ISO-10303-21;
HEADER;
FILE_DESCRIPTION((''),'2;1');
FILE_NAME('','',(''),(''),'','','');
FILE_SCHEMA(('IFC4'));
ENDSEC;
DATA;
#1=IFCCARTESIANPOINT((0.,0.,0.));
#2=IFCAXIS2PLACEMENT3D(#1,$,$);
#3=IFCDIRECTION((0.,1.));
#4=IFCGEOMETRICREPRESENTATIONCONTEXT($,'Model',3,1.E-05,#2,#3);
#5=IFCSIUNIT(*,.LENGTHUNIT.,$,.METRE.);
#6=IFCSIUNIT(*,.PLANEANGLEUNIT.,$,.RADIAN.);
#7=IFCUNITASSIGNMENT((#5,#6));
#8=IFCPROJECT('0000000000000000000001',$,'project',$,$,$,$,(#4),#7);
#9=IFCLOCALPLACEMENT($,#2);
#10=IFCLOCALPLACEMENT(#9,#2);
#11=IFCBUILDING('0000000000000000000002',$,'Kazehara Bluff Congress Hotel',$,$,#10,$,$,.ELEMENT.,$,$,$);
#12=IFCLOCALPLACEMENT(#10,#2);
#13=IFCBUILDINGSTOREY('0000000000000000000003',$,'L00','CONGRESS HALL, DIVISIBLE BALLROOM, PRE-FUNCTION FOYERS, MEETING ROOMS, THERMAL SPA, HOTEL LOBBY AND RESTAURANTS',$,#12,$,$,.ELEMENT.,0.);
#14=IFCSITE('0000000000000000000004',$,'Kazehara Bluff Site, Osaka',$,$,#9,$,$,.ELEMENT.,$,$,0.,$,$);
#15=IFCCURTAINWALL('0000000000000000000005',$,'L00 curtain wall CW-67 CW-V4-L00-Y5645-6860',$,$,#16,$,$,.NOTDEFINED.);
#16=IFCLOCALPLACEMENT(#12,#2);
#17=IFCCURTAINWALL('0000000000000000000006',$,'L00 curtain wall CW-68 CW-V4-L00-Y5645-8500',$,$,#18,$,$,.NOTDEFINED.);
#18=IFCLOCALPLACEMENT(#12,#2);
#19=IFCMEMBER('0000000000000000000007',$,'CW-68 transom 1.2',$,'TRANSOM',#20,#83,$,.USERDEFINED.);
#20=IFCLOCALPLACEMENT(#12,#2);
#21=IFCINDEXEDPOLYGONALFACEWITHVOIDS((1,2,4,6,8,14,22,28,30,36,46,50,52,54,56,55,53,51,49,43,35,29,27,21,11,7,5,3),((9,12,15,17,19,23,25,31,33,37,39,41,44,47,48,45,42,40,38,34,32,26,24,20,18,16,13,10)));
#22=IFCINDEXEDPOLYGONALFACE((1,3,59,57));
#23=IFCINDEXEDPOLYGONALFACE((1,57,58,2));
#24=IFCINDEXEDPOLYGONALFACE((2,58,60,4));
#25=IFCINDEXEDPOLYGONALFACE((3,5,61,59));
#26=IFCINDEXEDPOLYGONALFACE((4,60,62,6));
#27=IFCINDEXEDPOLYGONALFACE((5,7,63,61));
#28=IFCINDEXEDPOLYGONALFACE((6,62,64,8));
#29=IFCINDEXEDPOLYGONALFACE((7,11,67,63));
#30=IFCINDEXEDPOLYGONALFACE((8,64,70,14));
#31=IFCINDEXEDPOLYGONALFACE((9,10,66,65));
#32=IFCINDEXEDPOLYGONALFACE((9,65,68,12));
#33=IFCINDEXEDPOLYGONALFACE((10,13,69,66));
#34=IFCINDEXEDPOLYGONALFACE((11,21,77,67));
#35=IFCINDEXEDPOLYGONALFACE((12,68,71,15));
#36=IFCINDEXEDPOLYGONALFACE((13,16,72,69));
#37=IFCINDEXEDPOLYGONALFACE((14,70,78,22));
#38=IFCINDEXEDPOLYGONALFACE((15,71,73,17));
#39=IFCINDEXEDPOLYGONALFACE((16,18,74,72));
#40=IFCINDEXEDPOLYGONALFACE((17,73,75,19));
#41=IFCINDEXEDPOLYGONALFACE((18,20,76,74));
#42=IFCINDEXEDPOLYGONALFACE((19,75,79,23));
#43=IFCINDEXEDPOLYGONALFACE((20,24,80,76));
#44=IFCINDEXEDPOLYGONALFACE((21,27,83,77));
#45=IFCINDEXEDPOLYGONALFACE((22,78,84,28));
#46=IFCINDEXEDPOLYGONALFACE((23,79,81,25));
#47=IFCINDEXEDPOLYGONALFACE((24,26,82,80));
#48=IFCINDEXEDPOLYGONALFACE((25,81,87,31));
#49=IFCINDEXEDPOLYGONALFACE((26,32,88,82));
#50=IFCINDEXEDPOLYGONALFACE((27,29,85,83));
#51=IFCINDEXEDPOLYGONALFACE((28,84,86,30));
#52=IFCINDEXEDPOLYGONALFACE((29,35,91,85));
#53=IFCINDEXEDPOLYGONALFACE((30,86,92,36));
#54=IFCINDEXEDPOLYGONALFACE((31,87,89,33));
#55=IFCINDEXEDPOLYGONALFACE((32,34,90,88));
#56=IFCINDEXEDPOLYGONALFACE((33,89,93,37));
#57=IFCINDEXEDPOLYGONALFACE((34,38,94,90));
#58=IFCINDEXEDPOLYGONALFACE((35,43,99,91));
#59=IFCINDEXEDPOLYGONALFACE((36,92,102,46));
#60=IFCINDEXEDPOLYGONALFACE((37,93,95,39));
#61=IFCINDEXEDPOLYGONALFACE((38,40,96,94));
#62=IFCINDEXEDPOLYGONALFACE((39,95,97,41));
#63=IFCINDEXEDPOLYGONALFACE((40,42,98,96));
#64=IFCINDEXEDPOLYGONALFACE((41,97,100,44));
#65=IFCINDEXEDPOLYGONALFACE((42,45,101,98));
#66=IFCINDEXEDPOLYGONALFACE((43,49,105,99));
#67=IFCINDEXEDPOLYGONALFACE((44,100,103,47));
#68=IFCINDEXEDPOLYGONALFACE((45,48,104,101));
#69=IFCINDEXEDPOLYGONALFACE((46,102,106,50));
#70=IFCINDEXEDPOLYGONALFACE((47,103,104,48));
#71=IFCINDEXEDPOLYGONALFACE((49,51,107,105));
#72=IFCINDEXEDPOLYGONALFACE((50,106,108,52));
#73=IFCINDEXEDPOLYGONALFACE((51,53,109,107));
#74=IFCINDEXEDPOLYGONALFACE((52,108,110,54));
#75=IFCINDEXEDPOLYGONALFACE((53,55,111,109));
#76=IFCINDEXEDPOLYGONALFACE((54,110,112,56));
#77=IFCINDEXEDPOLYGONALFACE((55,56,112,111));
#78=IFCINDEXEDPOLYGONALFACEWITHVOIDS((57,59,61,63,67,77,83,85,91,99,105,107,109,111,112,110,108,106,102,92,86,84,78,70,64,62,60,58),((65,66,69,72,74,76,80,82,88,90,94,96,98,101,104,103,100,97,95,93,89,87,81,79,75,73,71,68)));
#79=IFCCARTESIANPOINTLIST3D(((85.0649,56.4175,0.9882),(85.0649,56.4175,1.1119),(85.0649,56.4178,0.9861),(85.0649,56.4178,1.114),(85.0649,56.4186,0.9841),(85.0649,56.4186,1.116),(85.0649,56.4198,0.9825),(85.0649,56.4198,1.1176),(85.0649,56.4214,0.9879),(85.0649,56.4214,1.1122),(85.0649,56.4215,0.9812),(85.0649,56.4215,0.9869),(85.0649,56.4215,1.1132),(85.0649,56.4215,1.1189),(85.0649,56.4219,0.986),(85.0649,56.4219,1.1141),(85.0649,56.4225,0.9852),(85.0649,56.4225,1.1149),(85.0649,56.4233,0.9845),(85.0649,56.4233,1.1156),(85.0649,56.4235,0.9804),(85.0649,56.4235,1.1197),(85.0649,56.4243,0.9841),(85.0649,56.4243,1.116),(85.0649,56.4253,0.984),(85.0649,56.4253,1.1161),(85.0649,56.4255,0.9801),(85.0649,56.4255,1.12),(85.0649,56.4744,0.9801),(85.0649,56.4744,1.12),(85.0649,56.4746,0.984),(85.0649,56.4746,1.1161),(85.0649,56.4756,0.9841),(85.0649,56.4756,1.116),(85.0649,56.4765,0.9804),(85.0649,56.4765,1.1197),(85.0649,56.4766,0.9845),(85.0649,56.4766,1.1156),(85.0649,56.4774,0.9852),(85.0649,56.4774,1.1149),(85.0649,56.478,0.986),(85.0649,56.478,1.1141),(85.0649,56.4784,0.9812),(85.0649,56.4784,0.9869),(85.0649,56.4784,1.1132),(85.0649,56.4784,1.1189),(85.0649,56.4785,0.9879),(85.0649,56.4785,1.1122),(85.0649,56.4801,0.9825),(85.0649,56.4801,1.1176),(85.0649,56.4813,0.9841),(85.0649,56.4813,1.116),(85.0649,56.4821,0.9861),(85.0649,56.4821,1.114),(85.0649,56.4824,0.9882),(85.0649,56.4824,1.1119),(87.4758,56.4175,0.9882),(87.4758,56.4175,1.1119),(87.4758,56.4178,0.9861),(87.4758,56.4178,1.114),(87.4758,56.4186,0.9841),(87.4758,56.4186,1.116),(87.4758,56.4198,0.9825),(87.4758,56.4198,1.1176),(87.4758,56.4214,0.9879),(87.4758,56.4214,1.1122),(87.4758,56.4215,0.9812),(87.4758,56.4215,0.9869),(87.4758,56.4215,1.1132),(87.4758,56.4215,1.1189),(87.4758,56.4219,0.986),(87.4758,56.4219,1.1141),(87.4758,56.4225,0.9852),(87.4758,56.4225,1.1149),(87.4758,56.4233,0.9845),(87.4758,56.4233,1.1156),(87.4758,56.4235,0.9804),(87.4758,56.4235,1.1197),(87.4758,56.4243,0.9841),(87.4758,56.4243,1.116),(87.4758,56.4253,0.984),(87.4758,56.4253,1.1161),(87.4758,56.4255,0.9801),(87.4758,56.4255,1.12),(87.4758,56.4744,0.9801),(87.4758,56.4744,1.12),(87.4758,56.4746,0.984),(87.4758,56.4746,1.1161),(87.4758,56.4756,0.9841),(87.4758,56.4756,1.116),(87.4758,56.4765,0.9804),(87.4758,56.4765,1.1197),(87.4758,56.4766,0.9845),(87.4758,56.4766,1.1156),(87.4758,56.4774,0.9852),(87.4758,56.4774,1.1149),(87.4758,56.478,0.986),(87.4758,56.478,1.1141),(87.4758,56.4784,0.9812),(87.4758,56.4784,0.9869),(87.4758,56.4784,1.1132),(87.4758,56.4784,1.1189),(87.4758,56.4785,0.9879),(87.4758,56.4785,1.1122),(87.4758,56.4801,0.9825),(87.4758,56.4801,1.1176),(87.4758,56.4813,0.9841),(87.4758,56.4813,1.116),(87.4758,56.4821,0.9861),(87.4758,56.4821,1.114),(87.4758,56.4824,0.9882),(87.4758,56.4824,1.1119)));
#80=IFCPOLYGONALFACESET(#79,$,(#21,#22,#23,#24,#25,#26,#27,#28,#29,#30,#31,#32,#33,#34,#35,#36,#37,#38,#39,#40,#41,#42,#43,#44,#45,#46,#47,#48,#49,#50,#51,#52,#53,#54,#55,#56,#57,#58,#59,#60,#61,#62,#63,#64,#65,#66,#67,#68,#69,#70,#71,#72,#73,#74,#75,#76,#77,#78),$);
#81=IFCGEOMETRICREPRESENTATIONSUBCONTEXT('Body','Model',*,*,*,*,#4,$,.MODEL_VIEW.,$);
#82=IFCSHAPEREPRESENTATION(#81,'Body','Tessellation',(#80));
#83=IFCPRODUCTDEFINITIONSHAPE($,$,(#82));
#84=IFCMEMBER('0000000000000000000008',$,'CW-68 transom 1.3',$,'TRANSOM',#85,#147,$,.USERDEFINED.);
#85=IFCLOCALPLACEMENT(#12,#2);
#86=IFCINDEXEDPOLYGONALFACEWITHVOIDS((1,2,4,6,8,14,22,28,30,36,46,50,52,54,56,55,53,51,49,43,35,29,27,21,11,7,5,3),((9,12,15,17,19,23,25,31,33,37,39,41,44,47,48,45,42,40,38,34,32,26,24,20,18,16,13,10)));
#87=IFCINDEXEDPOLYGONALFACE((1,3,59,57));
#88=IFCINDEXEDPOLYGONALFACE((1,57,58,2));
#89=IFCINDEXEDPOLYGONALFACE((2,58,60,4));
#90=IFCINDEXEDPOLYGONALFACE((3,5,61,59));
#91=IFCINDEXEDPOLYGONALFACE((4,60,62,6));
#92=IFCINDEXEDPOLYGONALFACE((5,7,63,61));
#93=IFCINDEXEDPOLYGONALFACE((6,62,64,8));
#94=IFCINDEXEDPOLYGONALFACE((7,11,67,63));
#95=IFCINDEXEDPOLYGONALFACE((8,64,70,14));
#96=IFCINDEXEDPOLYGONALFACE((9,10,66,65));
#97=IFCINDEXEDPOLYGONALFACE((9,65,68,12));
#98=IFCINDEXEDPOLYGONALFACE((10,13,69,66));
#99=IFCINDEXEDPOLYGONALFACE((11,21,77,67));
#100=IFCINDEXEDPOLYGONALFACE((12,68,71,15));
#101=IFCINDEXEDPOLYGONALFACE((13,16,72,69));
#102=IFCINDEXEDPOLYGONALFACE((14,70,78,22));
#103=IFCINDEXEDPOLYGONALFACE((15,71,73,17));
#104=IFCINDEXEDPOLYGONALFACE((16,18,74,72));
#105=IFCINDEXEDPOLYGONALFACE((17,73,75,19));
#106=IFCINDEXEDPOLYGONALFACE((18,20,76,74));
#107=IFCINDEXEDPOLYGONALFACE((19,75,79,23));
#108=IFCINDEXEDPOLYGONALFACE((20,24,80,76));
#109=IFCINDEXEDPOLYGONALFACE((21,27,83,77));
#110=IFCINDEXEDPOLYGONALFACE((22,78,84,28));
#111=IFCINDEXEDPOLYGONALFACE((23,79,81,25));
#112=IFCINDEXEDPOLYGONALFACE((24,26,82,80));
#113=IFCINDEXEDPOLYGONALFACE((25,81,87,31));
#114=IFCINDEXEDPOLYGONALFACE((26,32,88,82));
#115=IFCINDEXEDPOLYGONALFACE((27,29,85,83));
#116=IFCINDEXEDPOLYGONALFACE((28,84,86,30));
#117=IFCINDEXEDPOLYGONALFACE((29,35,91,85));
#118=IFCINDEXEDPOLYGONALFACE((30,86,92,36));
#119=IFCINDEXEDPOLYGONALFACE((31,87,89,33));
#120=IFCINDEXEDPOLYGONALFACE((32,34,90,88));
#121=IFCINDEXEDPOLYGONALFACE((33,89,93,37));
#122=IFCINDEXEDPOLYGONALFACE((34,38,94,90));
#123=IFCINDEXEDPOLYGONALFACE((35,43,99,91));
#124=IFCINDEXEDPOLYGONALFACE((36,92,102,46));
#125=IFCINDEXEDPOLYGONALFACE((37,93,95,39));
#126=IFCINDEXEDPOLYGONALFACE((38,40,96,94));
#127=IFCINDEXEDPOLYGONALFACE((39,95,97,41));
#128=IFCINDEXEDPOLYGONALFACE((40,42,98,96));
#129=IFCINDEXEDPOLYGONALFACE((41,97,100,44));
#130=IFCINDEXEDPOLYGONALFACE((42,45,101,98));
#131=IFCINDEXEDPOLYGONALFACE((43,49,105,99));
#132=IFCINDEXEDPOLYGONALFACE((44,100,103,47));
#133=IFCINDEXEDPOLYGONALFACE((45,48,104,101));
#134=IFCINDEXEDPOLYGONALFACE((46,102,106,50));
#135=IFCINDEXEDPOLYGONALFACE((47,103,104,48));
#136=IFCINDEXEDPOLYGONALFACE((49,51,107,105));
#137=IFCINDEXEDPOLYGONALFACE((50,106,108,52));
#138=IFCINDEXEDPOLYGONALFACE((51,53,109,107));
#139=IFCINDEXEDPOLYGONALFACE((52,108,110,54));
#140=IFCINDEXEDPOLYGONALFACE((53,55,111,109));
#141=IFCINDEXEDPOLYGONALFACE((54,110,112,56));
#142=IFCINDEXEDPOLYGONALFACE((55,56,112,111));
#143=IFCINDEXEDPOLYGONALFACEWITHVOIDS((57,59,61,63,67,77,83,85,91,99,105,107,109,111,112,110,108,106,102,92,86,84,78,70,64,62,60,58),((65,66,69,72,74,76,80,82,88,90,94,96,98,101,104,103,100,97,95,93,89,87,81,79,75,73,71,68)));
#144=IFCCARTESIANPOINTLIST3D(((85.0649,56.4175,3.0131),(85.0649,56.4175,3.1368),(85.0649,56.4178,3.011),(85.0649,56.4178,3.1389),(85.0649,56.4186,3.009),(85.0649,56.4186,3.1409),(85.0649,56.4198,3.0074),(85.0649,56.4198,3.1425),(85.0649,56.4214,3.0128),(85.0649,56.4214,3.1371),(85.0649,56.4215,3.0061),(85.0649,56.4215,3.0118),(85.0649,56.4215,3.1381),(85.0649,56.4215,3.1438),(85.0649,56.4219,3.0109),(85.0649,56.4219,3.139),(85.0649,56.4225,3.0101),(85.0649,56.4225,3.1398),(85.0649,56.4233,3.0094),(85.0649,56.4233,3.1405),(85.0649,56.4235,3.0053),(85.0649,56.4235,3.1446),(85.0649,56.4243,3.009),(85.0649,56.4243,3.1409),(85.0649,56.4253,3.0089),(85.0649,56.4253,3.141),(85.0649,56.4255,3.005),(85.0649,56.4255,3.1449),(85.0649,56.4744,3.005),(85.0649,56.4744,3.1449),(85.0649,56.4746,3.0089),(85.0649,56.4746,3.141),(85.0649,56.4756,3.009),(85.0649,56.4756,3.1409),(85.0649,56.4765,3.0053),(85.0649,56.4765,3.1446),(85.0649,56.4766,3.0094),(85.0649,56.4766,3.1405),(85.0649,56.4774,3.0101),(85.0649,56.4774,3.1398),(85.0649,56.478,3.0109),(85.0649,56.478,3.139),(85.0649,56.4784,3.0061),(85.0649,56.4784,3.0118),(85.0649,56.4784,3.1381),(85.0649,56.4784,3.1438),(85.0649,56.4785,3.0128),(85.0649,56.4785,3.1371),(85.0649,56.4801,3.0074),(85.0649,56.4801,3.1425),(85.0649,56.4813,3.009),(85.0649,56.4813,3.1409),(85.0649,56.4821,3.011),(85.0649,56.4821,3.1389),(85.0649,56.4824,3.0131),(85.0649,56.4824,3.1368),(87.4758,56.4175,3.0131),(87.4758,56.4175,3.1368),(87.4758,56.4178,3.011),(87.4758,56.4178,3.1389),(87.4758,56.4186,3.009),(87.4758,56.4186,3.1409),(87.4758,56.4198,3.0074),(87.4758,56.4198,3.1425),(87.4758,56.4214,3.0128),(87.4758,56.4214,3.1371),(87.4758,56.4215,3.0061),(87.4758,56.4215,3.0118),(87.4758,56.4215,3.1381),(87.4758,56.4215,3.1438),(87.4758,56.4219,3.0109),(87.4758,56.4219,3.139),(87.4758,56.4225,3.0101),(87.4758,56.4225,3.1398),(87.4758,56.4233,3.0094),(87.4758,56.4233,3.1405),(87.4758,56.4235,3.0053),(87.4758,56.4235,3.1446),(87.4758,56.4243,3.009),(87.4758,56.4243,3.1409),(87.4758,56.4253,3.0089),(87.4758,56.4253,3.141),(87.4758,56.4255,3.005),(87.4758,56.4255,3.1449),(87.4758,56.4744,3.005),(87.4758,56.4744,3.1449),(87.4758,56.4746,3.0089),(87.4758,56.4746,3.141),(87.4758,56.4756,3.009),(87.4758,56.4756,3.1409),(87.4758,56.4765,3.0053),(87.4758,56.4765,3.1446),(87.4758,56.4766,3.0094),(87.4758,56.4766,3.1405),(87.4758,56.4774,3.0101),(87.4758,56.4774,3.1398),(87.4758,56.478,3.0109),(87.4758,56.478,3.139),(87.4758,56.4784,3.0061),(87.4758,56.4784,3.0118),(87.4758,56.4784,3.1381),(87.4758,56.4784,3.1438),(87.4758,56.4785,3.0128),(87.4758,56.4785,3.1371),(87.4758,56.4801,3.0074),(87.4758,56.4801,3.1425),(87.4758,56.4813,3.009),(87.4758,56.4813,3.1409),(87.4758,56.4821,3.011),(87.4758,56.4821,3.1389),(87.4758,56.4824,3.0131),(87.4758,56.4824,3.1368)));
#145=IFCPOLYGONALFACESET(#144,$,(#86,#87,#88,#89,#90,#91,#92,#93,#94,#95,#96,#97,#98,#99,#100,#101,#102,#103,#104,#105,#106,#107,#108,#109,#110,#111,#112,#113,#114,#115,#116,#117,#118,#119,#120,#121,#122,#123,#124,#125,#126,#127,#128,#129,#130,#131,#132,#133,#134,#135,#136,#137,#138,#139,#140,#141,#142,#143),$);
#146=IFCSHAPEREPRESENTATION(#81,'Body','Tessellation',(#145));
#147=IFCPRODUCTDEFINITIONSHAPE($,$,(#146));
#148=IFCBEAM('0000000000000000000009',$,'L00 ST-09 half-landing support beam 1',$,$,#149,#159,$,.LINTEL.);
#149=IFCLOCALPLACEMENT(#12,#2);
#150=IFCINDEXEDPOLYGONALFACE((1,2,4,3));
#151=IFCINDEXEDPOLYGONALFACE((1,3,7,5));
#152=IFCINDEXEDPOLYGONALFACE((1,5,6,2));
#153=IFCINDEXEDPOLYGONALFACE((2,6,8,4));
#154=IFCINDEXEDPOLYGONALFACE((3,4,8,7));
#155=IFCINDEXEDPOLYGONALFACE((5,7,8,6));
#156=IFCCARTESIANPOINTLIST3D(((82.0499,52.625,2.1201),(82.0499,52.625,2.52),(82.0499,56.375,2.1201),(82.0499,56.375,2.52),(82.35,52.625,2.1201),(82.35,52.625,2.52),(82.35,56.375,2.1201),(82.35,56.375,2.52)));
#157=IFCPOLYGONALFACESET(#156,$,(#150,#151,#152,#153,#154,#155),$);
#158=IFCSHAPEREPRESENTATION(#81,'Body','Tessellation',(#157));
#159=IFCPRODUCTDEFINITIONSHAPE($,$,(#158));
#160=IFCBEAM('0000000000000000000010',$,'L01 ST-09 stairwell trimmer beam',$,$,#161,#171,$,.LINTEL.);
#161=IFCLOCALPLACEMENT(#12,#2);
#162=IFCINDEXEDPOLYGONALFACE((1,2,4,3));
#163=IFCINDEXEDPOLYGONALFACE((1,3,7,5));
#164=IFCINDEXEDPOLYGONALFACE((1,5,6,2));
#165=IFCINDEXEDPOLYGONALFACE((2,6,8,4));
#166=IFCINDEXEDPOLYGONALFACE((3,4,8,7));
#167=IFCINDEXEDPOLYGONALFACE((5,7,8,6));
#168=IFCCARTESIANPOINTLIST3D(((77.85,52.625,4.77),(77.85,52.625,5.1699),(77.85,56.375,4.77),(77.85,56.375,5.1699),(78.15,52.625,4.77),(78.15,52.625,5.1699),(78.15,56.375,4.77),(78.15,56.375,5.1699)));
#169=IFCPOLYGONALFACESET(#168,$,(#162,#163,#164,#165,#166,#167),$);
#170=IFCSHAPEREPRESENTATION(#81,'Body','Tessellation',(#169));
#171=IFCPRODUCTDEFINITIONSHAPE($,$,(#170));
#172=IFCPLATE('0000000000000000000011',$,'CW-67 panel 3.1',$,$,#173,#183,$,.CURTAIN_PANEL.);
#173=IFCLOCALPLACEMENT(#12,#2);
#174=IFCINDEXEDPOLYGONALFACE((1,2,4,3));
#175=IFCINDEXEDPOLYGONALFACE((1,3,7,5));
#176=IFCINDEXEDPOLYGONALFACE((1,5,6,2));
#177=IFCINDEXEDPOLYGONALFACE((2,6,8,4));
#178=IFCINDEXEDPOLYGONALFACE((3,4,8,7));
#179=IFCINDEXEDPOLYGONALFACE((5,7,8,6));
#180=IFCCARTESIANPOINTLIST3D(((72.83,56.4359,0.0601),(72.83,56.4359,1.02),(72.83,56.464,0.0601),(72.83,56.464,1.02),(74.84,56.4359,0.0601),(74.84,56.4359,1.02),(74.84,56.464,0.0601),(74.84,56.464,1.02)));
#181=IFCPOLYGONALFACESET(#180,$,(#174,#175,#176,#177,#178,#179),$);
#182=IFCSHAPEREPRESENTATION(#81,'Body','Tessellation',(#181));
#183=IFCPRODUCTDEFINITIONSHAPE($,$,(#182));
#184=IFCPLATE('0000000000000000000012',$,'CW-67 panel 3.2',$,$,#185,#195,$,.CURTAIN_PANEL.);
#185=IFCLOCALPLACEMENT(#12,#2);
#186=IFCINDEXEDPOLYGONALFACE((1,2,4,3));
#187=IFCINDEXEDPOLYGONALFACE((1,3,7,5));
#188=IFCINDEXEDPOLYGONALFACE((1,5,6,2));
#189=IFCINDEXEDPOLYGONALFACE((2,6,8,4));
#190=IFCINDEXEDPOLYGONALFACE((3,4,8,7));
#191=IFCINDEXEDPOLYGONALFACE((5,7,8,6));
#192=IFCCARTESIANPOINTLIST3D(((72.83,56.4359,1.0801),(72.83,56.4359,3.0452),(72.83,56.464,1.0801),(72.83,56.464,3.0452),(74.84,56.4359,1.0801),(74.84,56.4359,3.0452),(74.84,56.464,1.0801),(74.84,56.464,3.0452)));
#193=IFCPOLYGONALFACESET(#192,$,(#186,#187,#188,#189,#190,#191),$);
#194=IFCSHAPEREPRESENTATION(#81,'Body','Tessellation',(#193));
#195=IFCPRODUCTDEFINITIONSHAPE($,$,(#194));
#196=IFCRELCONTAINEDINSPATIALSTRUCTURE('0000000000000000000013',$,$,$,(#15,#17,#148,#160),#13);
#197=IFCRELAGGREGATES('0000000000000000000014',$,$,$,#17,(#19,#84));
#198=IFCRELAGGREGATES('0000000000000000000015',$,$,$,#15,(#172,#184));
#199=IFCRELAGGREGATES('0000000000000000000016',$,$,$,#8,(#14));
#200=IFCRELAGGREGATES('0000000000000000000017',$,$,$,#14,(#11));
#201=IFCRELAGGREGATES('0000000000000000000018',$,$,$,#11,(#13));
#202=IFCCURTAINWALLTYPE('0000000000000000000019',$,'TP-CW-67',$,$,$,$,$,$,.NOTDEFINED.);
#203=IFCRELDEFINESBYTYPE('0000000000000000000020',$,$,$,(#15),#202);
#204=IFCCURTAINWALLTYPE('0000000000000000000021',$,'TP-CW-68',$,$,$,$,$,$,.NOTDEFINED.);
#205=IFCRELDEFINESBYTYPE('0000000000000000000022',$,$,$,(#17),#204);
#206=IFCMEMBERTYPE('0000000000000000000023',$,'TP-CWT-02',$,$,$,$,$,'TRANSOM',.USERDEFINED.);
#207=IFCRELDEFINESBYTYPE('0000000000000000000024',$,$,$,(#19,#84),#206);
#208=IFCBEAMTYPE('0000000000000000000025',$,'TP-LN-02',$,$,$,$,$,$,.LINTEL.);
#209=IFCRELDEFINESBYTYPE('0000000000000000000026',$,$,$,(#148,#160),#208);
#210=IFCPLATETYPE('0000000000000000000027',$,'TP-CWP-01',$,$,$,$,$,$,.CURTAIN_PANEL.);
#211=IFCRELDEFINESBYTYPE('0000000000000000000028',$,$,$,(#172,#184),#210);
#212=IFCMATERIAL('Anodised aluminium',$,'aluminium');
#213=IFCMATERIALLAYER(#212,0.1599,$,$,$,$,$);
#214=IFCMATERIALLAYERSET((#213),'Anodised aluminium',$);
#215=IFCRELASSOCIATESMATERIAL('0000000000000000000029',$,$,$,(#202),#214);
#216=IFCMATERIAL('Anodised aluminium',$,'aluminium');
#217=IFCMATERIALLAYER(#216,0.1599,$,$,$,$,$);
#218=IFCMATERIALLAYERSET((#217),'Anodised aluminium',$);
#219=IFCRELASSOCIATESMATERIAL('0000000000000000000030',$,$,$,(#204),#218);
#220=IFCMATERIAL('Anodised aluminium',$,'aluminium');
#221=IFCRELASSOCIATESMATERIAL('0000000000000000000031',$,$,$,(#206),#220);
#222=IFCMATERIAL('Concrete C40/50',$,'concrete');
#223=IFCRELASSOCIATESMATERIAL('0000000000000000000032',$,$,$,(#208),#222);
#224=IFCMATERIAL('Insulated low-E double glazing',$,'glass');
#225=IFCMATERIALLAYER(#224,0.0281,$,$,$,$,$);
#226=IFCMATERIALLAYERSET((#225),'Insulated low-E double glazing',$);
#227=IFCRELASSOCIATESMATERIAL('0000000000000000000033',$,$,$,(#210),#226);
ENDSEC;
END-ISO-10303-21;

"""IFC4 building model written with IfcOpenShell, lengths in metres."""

from ifc_helpers import new_model, si_unit, direction, frame, origin, origin_2d, place, context, subcontext, project, spatial, rectangle, hollow_rectangle, extrude, material, layer, layer_set, material_profile, profile_set, type_object, element, aggregate, save


model = new_model("IFC4")

# Units and contexts
model_context = context("Model", 3, precision=1e-05, world=origin(), true_north=direction((0.0, 1.0)))
body_context = subcontext(model_context, "Body", "Model", "MODEL_VIEW")
ifc_project = project(units=[si_unit("LENGTHUNIT", "METRE"), si_unit("PLANEANGLEUNIT", "RADIAN")], contexts=[model_context])

# Site, building, storey
site_placement = place(None, origin())
site = spatial("IfcSite", under=ifc_project, at=site_placement, Name="Kazehara Bluff Site, Osaka", CompositionType="ELEMENT", RefElevation=0.0)
building_placement = place(site_placement, origin())
building = spatial("IfcBuilding", under=site, at=building_placement, Name="Kazehara Bluff Congress Hotel", CompositionType="ELEMENT")
storey_placement = place(building_placement, origin())
storey = spatial("IfcBuildingStorey", under=building, at=storey_placement, Name="L00", Description="CONGRESS HALL, DIVISIBLE BALLROOM, PRE-FUNCTION FOYERS, MEETING ROOMS, THERMAL SPA, HOTEL LOBBY AND RESTAURANTS", CompositionType="ELEMENT", Elevation=0.0)

# Curtain wall
ifc_material_1 = material(Name="Anodised aluminium", Category="aluminium")
ifc_layer_1 = layer(ifc_material_1, 0.1599)
ifc_layer_set_1 = layer_set([ifc_layer_1], Name="Anodised aluminium")
curtain_wall_type_1 = type_object("IfcCurtainWallType", Name="TP-CW-67", PredefinedType="NOTDEFINED", material=ifc_layer_set_1)
curtain_wall_1_placement = place(storey_placement, origin())
curtain_wall_1 = element("IfcCurtainWall", 1, at=curtain_wall_1_placement, inside=storey, type_object=curtain_wall_type_1, Name="L00 curtain wall CW-67 CW-V4-L00-Y5645-6860", PredefinedType="NOTDEFINED")

# Curtain wall
ifc_material_2 = material(Name="Anodised aluminium", Category="aluminium")
ifc_layer_2 = layer(ifc_material_2, 0.1599)
ifc_layer_set_2 = layer_set([ifc_layer_2], Name="Anodised aluminium")
curtain_wall_type_2 = type_object("IfcCurtainWallType", Name="TP-CW-68", PredefinedType="NOTDEFINED", material=ifc_layer_set_2)
curtain_wall_2_placement = place(storey_placement, origin())
curtain_wall_2 = element("IfcCurtainWall", 2, at=curtain_wall_2_placement, inside=storey, type_object=curtain_wall_type_2, Name="L00 curtain wall CW-68 CW-V4-L00-Y5645-8500", PredefinedType="NOTDEFINED")

# Members
ifc_material_3 = material(Name="Anodised aluminium", Category="aluminium")
ifc_material_profile_1 = material_profile(ifc_material_3, hollow_rectangle(XDim=0.0649, YDim=0.1399, WallThickness=0.0039, InnerFilletRadius=0.0039, OuterFilletRadius=0.0081, at=origin_2d()))
ifc_profile_set_1 = profile_set([ifc_material_profile_1], Name="Anodised aluminium")
member_type_1 = type_object("IfcMemberType", Name="TP-CWT-02", ElementType="TRANSOM", PredefinedType="USERDEFINED", material=ifc_profile_set_1)
member_1_placement = place(storey_placement, frame((85.0649, 56.45, 1.05), z_axis=(1.0, 0.0, 0.0), x_axis=(0.0, 1.0, 0.0)))
member_1 = element("IfcMember", 3, at=member_1_placement, type_object=member_type_1, Name="CW-68 transom 1.2", ObjectType="TRANSOM", PredefinedType="USERDEFINED", context=body_context, shape_type="SweptSolid", body=[
    extrude(hollow_rectangle(XDim=0.0649, YDim=0.1399, WallThickness=0.0039, InnerFilletRadius=0.0039, OuterFilletRadius=0.0081, at=origin_2d()), origin(), (0.0, 0.0, 1.0), 2.4109),
])
member_2_placement = place(storey_placement, frame((85.0649, 56.45, 3.075), z_axis=(1.0, 0.0, 0.0), x_axis=(0.0, 1.0, 0.0)))
member_2 = element("IfcMember", 4, at=member_2_placement, type_object=member_type_1, Name="CW-68 transom 1.3", ObjectType="TRANSOM", PredefinedType="USERDEFINED", context=body_context, shape_type="SweptSolid", body=[
    extrude(hollow_rectangle(XDim=0.0649, YDim=0.1399, WallThickness=0.0039, InnerFilletRadius=0.0039, OuterFilletRadius=0.0081, at=origin_2d()), origin(), (0.0, 0.0, 1.0), 2.4109),
])
aggregate(curtain_wall_2, [member_1, member_2])

# Beams
ifc_material_4 = material(Name="Concrete C40/50", Category="concrete")
ifc_material_profile_2 = material_profile(ifc_material_4, rectangle(XDim=0.3, YDim=0.3999, at=origin_2d()))
ifc_profile_set_2 = profile_set([ifc_material_profile_2], Name="Concrete C40/50")
beam_type = type_object("IfcBeamType", Name="TP-LN-02", PredefinedType="LINTEL", material=ifc_profile_set_2)
for number, where, z_axis, x_axis, name in (
    (5, (82.2, 52.625, 2.3201), (0.0, 1.0, 0.0), (-1.0, 0.0, 0.0), "L00 ST-09 half-landing support beam 1"),
    (6, (78.0, 52.625, 4.97), (0.0, 1.0, 0.0), (-1.0, 0.0, 0.0), "L01 ST-09 stairwell trimmer beam"),
):
    element("IfcBeam", number, at=place(storey_placement, frame(where, z_axis=z_axis, x_axis=x_axis)), inside=storey, type_object=beam_type, Name=name, PredefinedType="LINTEL", context=body_context, shape_type="SweptSolid", body=[
        extrude(rectangle(XDim=0.3, YDim=0.3999, at=origin_2d()), origin(), (0.0, 0.0, 1.0), 3.75),
    ])

# Plates
ifc_material_5 = material(Name="Insulated low-E double glazing", Category="glass")
ifc_layer_3 = layer(ifc_material_5, 0.0281)
ifc_layer_set_3 = layer_set([ifc_layer_3], Name="Insulated low-E double glazing")
plate_type = type_object("IfcPlateType", Name="TP-CWP-01", PredefinedType="CURTAIN_PANEL", material=ifc_layer_set_3)
plate_1_placement = place(storey_placement, frame((73.835, 56.45, 0.0601), z_axis=(0.0, 0.0, 1.0), x_axis=(1.0, 0.0, 0.0)))
plate_1 = element("IfcPlate", 7, at=plate_1_placement, type_object=plate_type, Name="CW-67 panel 3.1", PredefinedType="CURTAIN_PANEL", context=body_context, shape_type="SweptSolid", body=[
    extrude(rectangle(XDim=2.01, YDim=0.0281, at=origin_2d()), origin(), (0.0, 0.0, 1.0), 0.96),
])
plate_2_placement = place(storey_placement, frame((73.835, 56.45, 1.0801), z_axis=(0.0, 0.0, 1.0), x_axis=(1.0, 0.0, 0.0)))
plate_2 = element("IfcPlate", 8, at=plate_2_placement, type_object=plate_type, Name="CW-67 panel 3.2", PredefinedType="CURTAIN_PANEL", context=body_context, shape_type="SweptSolid", body=[
    extrude(rectangle(XDim=2.01, YDim=0.0281, at=origin_2d()), origin(), (0.0, 0.0, 1.0), 1.9651),
])
aggregate(curtain_wall_1, [plate_1, plate_2])

save(model, "model.ifc")
